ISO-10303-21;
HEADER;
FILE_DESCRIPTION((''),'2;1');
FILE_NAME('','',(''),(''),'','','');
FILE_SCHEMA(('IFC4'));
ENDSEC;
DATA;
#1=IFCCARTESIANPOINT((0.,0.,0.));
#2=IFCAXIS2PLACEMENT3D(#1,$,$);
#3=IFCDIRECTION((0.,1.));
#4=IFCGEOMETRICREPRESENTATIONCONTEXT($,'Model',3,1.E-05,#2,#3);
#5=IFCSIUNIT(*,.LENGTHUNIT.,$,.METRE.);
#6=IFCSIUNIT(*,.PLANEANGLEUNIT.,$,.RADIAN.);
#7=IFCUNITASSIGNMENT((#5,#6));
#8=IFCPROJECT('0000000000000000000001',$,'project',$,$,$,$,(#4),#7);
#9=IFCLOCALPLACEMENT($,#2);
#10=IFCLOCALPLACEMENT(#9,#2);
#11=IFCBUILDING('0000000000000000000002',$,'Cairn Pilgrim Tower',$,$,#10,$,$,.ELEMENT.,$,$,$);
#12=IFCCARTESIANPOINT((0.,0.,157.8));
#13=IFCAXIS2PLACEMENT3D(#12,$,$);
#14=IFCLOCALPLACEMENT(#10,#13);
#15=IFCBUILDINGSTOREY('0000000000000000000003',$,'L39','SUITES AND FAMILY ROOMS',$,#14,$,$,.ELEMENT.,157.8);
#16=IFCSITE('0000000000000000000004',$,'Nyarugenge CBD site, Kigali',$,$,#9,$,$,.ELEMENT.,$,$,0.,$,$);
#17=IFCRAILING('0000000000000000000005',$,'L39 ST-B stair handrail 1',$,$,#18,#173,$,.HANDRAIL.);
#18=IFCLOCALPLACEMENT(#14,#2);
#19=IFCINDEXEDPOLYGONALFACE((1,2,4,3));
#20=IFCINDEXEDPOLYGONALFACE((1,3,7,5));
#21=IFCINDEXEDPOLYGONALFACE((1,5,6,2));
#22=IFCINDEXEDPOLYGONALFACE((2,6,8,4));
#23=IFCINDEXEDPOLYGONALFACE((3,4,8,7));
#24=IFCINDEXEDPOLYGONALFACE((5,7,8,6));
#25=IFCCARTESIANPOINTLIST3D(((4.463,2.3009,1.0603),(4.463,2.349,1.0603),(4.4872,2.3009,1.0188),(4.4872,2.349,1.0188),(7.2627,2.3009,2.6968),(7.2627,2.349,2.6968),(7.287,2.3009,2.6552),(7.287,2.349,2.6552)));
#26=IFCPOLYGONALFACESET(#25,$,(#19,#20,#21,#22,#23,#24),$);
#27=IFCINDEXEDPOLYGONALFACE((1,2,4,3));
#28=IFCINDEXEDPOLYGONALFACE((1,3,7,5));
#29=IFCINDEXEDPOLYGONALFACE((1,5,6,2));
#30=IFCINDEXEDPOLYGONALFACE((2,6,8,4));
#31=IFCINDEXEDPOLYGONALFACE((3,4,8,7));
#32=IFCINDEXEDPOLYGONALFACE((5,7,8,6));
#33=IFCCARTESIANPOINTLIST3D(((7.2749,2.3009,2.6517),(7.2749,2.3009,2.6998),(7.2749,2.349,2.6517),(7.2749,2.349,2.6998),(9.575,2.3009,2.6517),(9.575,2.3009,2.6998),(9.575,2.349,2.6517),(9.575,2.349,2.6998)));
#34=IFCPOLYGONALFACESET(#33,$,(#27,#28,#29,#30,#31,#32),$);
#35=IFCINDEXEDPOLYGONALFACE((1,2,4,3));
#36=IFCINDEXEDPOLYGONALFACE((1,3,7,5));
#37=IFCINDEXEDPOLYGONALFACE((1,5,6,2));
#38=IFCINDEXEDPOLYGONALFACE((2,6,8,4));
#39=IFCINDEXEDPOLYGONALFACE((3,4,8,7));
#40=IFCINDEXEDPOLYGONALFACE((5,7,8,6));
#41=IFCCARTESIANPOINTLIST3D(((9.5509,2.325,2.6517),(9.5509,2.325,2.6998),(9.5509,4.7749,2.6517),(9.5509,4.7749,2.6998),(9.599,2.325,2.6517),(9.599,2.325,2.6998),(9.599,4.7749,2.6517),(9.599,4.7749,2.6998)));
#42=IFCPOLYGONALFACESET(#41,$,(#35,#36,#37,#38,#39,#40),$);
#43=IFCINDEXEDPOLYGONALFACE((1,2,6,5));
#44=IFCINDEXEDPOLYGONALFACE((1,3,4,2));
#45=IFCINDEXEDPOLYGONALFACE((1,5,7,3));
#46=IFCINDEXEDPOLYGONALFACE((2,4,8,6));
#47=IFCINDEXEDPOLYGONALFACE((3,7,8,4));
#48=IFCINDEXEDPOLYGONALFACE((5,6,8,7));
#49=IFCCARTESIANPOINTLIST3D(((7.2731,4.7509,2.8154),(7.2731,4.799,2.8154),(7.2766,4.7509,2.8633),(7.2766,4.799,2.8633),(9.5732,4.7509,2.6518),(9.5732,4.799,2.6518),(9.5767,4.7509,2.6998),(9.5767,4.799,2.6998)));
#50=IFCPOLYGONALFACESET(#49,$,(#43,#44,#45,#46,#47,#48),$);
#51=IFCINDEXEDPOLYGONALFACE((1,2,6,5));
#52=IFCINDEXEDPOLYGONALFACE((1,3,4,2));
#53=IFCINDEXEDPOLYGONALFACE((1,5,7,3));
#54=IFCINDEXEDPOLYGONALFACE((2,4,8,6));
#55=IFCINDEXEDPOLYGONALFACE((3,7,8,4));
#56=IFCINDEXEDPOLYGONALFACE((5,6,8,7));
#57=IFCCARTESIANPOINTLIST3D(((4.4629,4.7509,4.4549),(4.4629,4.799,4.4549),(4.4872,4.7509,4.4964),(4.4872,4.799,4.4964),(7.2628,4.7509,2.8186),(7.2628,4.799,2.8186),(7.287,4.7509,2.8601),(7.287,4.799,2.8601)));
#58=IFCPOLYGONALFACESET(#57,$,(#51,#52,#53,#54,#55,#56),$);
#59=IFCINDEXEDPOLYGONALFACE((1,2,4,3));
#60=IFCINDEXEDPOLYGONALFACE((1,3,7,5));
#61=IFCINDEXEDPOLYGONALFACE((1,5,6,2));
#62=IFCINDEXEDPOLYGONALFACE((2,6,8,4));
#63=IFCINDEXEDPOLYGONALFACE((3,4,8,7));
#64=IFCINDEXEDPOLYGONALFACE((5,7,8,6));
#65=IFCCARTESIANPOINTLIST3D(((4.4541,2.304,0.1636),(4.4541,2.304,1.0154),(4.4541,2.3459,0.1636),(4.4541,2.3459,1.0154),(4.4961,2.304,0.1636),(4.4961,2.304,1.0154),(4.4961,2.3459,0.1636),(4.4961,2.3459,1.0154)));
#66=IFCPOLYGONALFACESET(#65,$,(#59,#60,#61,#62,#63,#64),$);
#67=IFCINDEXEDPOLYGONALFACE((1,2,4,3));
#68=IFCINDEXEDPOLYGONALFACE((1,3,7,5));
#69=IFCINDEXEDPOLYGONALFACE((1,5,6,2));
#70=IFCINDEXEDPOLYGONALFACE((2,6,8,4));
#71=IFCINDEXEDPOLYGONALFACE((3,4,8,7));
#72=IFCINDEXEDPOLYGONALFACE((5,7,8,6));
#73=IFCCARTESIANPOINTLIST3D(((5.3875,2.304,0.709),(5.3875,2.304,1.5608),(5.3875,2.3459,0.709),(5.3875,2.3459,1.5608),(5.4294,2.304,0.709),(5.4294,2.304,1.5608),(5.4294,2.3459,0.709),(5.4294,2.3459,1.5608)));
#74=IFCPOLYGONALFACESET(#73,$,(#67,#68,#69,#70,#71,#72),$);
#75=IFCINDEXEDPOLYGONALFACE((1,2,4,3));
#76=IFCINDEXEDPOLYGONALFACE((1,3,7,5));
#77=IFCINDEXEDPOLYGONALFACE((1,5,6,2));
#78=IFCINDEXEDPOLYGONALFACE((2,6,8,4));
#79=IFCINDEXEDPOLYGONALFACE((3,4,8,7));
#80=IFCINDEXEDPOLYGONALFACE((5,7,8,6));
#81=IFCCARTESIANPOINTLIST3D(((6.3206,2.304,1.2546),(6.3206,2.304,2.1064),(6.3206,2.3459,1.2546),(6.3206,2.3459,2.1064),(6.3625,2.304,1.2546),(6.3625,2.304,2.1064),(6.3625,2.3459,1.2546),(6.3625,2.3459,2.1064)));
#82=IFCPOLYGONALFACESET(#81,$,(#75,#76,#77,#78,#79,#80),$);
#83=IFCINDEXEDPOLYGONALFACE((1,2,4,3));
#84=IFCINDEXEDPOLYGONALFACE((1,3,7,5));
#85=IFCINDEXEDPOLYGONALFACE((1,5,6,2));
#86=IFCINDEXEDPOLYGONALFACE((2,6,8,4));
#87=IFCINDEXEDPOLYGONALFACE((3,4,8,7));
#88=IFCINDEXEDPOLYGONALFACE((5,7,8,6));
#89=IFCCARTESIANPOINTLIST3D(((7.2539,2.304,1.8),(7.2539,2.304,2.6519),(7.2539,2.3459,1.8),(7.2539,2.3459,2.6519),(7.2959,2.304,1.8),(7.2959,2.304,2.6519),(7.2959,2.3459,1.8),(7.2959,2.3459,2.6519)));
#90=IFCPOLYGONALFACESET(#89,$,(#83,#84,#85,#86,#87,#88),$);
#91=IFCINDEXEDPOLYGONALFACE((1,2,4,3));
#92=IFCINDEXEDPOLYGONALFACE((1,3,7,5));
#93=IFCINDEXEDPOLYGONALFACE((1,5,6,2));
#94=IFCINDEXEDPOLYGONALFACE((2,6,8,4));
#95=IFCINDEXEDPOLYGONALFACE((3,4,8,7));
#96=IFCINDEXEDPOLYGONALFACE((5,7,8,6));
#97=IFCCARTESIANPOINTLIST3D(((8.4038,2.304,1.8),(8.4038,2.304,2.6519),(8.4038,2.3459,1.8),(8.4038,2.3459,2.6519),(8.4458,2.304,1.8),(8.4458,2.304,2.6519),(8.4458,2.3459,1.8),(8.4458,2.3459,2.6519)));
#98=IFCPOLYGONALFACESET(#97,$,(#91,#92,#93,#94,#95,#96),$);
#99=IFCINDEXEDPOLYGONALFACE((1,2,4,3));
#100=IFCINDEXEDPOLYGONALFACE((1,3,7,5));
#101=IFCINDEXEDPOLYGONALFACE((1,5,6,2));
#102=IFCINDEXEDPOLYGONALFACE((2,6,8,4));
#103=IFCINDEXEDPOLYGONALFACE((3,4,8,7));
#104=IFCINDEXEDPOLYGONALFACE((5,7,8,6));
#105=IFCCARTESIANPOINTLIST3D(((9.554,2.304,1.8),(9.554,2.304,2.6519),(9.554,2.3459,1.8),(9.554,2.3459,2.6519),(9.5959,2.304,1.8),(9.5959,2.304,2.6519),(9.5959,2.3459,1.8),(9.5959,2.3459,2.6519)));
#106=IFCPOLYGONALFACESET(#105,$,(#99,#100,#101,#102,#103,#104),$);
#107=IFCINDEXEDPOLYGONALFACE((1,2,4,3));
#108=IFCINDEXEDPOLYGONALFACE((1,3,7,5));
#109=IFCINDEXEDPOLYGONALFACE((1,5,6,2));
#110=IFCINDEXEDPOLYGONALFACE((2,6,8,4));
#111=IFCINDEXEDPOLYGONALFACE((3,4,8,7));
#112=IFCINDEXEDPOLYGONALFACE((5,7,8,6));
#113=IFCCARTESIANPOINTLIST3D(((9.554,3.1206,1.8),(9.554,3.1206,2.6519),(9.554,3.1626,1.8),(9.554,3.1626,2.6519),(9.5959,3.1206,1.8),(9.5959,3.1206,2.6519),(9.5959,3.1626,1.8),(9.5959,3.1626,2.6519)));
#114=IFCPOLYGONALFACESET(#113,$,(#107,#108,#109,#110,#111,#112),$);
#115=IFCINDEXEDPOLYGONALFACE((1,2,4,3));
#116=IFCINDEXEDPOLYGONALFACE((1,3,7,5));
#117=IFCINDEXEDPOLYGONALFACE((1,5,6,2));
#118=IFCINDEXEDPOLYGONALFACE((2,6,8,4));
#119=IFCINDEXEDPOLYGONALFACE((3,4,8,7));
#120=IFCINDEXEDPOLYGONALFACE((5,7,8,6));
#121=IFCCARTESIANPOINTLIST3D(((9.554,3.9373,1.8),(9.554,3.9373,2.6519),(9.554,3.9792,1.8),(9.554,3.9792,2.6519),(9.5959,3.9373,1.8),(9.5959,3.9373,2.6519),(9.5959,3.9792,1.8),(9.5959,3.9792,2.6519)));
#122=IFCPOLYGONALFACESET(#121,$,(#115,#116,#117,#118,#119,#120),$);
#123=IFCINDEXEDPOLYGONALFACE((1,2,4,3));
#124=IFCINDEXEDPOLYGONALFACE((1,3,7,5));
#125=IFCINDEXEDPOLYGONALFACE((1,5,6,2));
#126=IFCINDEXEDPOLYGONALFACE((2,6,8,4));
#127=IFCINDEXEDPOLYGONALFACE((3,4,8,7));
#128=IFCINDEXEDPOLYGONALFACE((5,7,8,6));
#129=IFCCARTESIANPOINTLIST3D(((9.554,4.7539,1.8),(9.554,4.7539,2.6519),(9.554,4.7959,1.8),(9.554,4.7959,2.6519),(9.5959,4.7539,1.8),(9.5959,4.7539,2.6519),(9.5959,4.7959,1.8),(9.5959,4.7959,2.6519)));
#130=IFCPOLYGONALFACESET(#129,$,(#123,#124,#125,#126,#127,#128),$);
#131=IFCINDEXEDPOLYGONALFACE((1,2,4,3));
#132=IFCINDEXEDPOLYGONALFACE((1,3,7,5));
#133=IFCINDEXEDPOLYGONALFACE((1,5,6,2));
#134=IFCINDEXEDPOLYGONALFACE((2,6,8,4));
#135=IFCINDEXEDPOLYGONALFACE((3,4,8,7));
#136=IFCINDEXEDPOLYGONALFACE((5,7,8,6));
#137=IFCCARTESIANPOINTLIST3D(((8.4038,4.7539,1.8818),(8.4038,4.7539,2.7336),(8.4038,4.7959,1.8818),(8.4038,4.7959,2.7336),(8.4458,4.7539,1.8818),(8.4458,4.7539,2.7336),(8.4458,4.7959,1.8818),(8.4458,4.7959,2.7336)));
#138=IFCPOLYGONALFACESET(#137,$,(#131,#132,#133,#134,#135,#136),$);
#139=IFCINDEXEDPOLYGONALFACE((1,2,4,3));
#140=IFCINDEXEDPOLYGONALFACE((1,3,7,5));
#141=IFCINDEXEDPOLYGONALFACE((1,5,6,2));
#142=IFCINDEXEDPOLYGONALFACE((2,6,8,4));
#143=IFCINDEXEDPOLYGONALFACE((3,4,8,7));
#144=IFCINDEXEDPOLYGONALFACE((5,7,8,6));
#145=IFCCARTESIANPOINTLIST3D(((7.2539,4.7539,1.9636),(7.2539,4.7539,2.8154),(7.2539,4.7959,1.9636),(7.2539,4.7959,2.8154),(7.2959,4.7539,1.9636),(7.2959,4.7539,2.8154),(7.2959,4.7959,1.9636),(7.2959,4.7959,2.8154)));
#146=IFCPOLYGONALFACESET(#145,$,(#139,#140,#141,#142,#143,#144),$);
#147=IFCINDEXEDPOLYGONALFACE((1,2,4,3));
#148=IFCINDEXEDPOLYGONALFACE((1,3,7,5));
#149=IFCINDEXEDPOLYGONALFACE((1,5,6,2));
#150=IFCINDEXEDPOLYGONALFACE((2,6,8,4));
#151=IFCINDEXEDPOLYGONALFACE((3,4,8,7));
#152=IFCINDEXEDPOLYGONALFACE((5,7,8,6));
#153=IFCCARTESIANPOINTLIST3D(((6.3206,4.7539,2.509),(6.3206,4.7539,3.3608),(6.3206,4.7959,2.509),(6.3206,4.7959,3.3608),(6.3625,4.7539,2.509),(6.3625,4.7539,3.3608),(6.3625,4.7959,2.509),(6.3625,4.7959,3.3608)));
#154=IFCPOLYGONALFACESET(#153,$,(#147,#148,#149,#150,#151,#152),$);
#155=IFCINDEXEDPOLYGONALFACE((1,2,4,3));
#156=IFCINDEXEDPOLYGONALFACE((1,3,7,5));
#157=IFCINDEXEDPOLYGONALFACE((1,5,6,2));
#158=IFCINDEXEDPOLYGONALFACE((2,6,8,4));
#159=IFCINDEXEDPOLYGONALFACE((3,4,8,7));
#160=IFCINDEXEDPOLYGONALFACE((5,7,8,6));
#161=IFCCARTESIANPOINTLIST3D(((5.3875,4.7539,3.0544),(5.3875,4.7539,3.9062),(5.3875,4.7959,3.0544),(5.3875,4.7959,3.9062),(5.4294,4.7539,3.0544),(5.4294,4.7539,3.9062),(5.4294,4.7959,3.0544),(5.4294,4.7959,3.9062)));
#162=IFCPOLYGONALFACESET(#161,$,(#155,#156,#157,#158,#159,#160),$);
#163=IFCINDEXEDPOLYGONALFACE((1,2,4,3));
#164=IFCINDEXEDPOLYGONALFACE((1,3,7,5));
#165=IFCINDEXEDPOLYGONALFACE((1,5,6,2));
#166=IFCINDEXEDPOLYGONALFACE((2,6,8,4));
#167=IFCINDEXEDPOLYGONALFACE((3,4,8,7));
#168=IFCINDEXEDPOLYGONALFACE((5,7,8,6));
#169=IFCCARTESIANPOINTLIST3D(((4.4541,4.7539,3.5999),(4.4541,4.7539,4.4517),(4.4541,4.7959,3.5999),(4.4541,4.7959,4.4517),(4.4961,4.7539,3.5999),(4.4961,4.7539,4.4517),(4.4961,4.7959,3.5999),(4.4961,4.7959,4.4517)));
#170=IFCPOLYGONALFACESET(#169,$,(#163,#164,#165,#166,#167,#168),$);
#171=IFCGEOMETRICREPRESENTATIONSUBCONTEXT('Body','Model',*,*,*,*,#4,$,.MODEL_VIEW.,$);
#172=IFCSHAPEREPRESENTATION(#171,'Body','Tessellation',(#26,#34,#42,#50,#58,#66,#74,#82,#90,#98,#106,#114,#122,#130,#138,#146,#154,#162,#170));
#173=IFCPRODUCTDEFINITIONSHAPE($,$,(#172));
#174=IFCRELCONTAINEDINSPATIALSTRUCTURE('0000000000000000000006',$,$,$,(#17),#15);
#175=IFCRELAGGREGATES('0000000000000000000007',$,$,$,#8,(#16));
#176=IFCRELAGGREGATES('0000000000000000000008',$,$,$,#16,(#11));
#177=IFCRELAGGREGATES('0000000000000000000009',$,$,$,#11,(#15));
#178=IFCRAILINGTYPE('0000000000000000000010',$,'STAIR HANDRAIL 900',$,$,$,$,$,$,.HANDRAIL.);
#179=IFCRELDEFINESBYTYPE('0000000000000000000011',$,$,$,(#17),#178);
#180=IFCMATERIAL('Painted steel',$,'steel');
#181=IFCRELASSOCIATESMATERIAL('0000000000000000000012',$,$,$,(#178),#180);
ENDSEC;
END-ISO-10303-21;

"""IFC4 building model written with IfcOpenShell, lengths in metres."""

from ifc_helpers import new_model, si_unit, direction, frame, origin, origin_2d, place, context, subcontext, project, spatial, rectangle, extrude, material, type_object, element, save


model = new_model("IFC4")

# Units and contexts
model_context = context("Model", 3, precision=1e-05, world=origin(), true_north=direction((0.0, 1.0)))
body_context = subcontext(model_context, "Body", "Model", "MODEL_VIEW")
ifc_project = project(units=[si_unit("LENGTHUNIT", "METRE"), si_unit("PLANEANGLEUNIT", "RADIAN")], contexts=[model_context])

# Site, building, storey
site_placement = place(None, origin())
site = spatial("IfcSite", under=ifc_project, at=site_placement, Name="Nyarugenge CBD site, Kigali", CompositionType="ELEMENT", RefElevation=0.0)
building_placement = place(site_placement, origin())
building = spatial("IfcBuilding", under=site, at=building_placement, Name="Cairn Pilgrim Tower", CompositionType="ELEMENT")
storey_placement = place(building_placement, frame((0.0, 0.0, 157.8)))
storey = spatial("IfcBuildingStorey", under=building, at=storey_placement, Name="L39", Description="SUITES AND FAMILY ROOMS", CompositionType="ELEMENT", Elevation=157.8)

# Shared definitions
ifc_material_1 = material(Name="Painted steel", Category="steel")

# Railing
railing_type_1 = type_object("IfcRailingType", Name="STAIR HANDRAIL 900", PredefinedType="HANDRAIL", material=ifc_material_1)
railing_1_placement = place(storey_placement, frame((4.4751, 2.325, 0.1636)))
element("IfcRailing", 1, at=railing_1_placement, inside=storey, type_object=railing_type_1, Name="L39 ST-B stair handrail 1", PredefinedType="HANDRAIL", context=body_context, shape_type="SweptSolid", body=[
    extrude(rectangle(XDim=0.0481, YDim=0.0481, at=origin_2d()), frame((0.0, 0.0, 0.876), z_axis=(0.863342, 0.0, 0.50462), x_axis=(0.0, 1.0, 0.0)), (0.0, 0.0, 1.0), 3.2429),
    extrude(rectangle(XDim=0.0481, YDim=0.0481, at=origin_2d()), frame((2.7998, 0.0, 2.5122), z_axis=(1.0, 0.0, 0.0), x_axis=(0.0, 1.0, 0.0)), (0.0, 0.0, 1.0), 2.3),
    extrude(rectangle(XDim=0.0481, YDim=0.0481, at=origin_2d()), frame((5.0999, 0.0, 2.5122), z_axis=(0.0, 1.0, 0.0), x_axis=(-1.0, 0.0, 0.0)), (0.0, 0.0, 1.0), 2.45),
    extrude(rectangle(XDim=0.0481, YDim=0.0481, at=origin_2d()), frame((5.0999, 2.45, 2.5122), z_axis=(-0.997481, 0.0, 0.070939), x_axis=(0.0, -1.0, 0.0)), (0.0, 0.0, 1.0), 2.3059),
    extrude(rectangle(XDim=0.0481, YDim=0.0481, at=origin_2d()), frame((2.7998, 2.45, 2.6758), z_axis=(-0.863374, 0.0, 0.504564), x_axis=(0.0, -1.0, 0.0)), (0.0, 0.0, 1.0), 3.2429),
    extrude(rectangle(XDim=0.042, YDim=0.042, at=origin_2d()), origin(), (0.0, 0.0, 1.0), 0.8518),
    extrude(rectangle(XDim=0.042, YDim=0.042, at=origin_2d()), frame((0.9333, 0.0, 0.5454)), (0.0, 0.0, 1.0), 0.8518),
    extrude(rectangle(XDim=0.042, YDim=0.042, at=origin_2d()), frame((1.8665, 0.0, 1.0911)), (0.0, 0.0, 1.0), 0.8518),
    extrude(rectangle(XDim=0.042, YDim=0.042, at=origin_2d()), frame((2.7998, 0.0, 1.6365)), (0.0, 0.0, 1.0), 0.8518),
    extrude(rectangle(XDim=0.042, YDim=0.042, at=origin_2d()), frame((3.9497, 0.0, 1.6365)), (0.0, 0.0, 1.0), 0.8518),
    extrude(rectangle(XDim=0.042, YDim=0.042, at=origin_2d()), frame((5.0999, 0.0, 1.6365)), (0.0, 0.0, 1.0), 0.8518),
    extrude(rectangle(XDim=0.042, YDim=0.042, at=origin_2d()), frame((5.0999, 0.8167, 1.6365)), (0.0, 0.0, 1.0), 0.8518),
    extrude(rectangle(XDim=0.042, YDim=0.042, at=origin_2d()), frame((5.0999, 1.6333, 1.6365)), (0.0, 0.0, 1.0), 0.8518),
    extrude(rectangle(XDim=0.042, YDim=0.042, at=origin_2d()), frame((5.0999, 2.45, 1.6365)), (0.0, 0.0, 1.0), 0.8518),
    extrude(rectangle(XDim=0.042, YDim=0.042, at=origin_2d()), frame((3.9497, 2.45, 1.7183)), (0.0, 0.0, 1.0), 0.8518),
    extrude(rectangle(XDim=0.042, YDim=0.042, at=origin_2d()), frame((2.7998, 2.45, 1.8)), (0.0, 0.0, 1.0), 0.8518),
    extrude(rectangle(XDim=0.042, YDim=0.042, at=origin_2d()), frame((1.8665, 2.45, 2.3455)), (0.0, 0.0, 1.0), 0.8518),
    extrude(rectangle(XDim=0.042, YDim=0.042, at=origin_2d()), frame((0.9333, 2.45, 2.8909)), (0.0, 0.0, 1.0), 0.8518),
    extrude(rectangle(XDim=0.042, YDim=0.042, at=origin_2d()), frame((0.0, 2.45, 3.4363)), (0.0, 0.0, 1.0), 0.8518),
])

save(model, "model.ifc")
